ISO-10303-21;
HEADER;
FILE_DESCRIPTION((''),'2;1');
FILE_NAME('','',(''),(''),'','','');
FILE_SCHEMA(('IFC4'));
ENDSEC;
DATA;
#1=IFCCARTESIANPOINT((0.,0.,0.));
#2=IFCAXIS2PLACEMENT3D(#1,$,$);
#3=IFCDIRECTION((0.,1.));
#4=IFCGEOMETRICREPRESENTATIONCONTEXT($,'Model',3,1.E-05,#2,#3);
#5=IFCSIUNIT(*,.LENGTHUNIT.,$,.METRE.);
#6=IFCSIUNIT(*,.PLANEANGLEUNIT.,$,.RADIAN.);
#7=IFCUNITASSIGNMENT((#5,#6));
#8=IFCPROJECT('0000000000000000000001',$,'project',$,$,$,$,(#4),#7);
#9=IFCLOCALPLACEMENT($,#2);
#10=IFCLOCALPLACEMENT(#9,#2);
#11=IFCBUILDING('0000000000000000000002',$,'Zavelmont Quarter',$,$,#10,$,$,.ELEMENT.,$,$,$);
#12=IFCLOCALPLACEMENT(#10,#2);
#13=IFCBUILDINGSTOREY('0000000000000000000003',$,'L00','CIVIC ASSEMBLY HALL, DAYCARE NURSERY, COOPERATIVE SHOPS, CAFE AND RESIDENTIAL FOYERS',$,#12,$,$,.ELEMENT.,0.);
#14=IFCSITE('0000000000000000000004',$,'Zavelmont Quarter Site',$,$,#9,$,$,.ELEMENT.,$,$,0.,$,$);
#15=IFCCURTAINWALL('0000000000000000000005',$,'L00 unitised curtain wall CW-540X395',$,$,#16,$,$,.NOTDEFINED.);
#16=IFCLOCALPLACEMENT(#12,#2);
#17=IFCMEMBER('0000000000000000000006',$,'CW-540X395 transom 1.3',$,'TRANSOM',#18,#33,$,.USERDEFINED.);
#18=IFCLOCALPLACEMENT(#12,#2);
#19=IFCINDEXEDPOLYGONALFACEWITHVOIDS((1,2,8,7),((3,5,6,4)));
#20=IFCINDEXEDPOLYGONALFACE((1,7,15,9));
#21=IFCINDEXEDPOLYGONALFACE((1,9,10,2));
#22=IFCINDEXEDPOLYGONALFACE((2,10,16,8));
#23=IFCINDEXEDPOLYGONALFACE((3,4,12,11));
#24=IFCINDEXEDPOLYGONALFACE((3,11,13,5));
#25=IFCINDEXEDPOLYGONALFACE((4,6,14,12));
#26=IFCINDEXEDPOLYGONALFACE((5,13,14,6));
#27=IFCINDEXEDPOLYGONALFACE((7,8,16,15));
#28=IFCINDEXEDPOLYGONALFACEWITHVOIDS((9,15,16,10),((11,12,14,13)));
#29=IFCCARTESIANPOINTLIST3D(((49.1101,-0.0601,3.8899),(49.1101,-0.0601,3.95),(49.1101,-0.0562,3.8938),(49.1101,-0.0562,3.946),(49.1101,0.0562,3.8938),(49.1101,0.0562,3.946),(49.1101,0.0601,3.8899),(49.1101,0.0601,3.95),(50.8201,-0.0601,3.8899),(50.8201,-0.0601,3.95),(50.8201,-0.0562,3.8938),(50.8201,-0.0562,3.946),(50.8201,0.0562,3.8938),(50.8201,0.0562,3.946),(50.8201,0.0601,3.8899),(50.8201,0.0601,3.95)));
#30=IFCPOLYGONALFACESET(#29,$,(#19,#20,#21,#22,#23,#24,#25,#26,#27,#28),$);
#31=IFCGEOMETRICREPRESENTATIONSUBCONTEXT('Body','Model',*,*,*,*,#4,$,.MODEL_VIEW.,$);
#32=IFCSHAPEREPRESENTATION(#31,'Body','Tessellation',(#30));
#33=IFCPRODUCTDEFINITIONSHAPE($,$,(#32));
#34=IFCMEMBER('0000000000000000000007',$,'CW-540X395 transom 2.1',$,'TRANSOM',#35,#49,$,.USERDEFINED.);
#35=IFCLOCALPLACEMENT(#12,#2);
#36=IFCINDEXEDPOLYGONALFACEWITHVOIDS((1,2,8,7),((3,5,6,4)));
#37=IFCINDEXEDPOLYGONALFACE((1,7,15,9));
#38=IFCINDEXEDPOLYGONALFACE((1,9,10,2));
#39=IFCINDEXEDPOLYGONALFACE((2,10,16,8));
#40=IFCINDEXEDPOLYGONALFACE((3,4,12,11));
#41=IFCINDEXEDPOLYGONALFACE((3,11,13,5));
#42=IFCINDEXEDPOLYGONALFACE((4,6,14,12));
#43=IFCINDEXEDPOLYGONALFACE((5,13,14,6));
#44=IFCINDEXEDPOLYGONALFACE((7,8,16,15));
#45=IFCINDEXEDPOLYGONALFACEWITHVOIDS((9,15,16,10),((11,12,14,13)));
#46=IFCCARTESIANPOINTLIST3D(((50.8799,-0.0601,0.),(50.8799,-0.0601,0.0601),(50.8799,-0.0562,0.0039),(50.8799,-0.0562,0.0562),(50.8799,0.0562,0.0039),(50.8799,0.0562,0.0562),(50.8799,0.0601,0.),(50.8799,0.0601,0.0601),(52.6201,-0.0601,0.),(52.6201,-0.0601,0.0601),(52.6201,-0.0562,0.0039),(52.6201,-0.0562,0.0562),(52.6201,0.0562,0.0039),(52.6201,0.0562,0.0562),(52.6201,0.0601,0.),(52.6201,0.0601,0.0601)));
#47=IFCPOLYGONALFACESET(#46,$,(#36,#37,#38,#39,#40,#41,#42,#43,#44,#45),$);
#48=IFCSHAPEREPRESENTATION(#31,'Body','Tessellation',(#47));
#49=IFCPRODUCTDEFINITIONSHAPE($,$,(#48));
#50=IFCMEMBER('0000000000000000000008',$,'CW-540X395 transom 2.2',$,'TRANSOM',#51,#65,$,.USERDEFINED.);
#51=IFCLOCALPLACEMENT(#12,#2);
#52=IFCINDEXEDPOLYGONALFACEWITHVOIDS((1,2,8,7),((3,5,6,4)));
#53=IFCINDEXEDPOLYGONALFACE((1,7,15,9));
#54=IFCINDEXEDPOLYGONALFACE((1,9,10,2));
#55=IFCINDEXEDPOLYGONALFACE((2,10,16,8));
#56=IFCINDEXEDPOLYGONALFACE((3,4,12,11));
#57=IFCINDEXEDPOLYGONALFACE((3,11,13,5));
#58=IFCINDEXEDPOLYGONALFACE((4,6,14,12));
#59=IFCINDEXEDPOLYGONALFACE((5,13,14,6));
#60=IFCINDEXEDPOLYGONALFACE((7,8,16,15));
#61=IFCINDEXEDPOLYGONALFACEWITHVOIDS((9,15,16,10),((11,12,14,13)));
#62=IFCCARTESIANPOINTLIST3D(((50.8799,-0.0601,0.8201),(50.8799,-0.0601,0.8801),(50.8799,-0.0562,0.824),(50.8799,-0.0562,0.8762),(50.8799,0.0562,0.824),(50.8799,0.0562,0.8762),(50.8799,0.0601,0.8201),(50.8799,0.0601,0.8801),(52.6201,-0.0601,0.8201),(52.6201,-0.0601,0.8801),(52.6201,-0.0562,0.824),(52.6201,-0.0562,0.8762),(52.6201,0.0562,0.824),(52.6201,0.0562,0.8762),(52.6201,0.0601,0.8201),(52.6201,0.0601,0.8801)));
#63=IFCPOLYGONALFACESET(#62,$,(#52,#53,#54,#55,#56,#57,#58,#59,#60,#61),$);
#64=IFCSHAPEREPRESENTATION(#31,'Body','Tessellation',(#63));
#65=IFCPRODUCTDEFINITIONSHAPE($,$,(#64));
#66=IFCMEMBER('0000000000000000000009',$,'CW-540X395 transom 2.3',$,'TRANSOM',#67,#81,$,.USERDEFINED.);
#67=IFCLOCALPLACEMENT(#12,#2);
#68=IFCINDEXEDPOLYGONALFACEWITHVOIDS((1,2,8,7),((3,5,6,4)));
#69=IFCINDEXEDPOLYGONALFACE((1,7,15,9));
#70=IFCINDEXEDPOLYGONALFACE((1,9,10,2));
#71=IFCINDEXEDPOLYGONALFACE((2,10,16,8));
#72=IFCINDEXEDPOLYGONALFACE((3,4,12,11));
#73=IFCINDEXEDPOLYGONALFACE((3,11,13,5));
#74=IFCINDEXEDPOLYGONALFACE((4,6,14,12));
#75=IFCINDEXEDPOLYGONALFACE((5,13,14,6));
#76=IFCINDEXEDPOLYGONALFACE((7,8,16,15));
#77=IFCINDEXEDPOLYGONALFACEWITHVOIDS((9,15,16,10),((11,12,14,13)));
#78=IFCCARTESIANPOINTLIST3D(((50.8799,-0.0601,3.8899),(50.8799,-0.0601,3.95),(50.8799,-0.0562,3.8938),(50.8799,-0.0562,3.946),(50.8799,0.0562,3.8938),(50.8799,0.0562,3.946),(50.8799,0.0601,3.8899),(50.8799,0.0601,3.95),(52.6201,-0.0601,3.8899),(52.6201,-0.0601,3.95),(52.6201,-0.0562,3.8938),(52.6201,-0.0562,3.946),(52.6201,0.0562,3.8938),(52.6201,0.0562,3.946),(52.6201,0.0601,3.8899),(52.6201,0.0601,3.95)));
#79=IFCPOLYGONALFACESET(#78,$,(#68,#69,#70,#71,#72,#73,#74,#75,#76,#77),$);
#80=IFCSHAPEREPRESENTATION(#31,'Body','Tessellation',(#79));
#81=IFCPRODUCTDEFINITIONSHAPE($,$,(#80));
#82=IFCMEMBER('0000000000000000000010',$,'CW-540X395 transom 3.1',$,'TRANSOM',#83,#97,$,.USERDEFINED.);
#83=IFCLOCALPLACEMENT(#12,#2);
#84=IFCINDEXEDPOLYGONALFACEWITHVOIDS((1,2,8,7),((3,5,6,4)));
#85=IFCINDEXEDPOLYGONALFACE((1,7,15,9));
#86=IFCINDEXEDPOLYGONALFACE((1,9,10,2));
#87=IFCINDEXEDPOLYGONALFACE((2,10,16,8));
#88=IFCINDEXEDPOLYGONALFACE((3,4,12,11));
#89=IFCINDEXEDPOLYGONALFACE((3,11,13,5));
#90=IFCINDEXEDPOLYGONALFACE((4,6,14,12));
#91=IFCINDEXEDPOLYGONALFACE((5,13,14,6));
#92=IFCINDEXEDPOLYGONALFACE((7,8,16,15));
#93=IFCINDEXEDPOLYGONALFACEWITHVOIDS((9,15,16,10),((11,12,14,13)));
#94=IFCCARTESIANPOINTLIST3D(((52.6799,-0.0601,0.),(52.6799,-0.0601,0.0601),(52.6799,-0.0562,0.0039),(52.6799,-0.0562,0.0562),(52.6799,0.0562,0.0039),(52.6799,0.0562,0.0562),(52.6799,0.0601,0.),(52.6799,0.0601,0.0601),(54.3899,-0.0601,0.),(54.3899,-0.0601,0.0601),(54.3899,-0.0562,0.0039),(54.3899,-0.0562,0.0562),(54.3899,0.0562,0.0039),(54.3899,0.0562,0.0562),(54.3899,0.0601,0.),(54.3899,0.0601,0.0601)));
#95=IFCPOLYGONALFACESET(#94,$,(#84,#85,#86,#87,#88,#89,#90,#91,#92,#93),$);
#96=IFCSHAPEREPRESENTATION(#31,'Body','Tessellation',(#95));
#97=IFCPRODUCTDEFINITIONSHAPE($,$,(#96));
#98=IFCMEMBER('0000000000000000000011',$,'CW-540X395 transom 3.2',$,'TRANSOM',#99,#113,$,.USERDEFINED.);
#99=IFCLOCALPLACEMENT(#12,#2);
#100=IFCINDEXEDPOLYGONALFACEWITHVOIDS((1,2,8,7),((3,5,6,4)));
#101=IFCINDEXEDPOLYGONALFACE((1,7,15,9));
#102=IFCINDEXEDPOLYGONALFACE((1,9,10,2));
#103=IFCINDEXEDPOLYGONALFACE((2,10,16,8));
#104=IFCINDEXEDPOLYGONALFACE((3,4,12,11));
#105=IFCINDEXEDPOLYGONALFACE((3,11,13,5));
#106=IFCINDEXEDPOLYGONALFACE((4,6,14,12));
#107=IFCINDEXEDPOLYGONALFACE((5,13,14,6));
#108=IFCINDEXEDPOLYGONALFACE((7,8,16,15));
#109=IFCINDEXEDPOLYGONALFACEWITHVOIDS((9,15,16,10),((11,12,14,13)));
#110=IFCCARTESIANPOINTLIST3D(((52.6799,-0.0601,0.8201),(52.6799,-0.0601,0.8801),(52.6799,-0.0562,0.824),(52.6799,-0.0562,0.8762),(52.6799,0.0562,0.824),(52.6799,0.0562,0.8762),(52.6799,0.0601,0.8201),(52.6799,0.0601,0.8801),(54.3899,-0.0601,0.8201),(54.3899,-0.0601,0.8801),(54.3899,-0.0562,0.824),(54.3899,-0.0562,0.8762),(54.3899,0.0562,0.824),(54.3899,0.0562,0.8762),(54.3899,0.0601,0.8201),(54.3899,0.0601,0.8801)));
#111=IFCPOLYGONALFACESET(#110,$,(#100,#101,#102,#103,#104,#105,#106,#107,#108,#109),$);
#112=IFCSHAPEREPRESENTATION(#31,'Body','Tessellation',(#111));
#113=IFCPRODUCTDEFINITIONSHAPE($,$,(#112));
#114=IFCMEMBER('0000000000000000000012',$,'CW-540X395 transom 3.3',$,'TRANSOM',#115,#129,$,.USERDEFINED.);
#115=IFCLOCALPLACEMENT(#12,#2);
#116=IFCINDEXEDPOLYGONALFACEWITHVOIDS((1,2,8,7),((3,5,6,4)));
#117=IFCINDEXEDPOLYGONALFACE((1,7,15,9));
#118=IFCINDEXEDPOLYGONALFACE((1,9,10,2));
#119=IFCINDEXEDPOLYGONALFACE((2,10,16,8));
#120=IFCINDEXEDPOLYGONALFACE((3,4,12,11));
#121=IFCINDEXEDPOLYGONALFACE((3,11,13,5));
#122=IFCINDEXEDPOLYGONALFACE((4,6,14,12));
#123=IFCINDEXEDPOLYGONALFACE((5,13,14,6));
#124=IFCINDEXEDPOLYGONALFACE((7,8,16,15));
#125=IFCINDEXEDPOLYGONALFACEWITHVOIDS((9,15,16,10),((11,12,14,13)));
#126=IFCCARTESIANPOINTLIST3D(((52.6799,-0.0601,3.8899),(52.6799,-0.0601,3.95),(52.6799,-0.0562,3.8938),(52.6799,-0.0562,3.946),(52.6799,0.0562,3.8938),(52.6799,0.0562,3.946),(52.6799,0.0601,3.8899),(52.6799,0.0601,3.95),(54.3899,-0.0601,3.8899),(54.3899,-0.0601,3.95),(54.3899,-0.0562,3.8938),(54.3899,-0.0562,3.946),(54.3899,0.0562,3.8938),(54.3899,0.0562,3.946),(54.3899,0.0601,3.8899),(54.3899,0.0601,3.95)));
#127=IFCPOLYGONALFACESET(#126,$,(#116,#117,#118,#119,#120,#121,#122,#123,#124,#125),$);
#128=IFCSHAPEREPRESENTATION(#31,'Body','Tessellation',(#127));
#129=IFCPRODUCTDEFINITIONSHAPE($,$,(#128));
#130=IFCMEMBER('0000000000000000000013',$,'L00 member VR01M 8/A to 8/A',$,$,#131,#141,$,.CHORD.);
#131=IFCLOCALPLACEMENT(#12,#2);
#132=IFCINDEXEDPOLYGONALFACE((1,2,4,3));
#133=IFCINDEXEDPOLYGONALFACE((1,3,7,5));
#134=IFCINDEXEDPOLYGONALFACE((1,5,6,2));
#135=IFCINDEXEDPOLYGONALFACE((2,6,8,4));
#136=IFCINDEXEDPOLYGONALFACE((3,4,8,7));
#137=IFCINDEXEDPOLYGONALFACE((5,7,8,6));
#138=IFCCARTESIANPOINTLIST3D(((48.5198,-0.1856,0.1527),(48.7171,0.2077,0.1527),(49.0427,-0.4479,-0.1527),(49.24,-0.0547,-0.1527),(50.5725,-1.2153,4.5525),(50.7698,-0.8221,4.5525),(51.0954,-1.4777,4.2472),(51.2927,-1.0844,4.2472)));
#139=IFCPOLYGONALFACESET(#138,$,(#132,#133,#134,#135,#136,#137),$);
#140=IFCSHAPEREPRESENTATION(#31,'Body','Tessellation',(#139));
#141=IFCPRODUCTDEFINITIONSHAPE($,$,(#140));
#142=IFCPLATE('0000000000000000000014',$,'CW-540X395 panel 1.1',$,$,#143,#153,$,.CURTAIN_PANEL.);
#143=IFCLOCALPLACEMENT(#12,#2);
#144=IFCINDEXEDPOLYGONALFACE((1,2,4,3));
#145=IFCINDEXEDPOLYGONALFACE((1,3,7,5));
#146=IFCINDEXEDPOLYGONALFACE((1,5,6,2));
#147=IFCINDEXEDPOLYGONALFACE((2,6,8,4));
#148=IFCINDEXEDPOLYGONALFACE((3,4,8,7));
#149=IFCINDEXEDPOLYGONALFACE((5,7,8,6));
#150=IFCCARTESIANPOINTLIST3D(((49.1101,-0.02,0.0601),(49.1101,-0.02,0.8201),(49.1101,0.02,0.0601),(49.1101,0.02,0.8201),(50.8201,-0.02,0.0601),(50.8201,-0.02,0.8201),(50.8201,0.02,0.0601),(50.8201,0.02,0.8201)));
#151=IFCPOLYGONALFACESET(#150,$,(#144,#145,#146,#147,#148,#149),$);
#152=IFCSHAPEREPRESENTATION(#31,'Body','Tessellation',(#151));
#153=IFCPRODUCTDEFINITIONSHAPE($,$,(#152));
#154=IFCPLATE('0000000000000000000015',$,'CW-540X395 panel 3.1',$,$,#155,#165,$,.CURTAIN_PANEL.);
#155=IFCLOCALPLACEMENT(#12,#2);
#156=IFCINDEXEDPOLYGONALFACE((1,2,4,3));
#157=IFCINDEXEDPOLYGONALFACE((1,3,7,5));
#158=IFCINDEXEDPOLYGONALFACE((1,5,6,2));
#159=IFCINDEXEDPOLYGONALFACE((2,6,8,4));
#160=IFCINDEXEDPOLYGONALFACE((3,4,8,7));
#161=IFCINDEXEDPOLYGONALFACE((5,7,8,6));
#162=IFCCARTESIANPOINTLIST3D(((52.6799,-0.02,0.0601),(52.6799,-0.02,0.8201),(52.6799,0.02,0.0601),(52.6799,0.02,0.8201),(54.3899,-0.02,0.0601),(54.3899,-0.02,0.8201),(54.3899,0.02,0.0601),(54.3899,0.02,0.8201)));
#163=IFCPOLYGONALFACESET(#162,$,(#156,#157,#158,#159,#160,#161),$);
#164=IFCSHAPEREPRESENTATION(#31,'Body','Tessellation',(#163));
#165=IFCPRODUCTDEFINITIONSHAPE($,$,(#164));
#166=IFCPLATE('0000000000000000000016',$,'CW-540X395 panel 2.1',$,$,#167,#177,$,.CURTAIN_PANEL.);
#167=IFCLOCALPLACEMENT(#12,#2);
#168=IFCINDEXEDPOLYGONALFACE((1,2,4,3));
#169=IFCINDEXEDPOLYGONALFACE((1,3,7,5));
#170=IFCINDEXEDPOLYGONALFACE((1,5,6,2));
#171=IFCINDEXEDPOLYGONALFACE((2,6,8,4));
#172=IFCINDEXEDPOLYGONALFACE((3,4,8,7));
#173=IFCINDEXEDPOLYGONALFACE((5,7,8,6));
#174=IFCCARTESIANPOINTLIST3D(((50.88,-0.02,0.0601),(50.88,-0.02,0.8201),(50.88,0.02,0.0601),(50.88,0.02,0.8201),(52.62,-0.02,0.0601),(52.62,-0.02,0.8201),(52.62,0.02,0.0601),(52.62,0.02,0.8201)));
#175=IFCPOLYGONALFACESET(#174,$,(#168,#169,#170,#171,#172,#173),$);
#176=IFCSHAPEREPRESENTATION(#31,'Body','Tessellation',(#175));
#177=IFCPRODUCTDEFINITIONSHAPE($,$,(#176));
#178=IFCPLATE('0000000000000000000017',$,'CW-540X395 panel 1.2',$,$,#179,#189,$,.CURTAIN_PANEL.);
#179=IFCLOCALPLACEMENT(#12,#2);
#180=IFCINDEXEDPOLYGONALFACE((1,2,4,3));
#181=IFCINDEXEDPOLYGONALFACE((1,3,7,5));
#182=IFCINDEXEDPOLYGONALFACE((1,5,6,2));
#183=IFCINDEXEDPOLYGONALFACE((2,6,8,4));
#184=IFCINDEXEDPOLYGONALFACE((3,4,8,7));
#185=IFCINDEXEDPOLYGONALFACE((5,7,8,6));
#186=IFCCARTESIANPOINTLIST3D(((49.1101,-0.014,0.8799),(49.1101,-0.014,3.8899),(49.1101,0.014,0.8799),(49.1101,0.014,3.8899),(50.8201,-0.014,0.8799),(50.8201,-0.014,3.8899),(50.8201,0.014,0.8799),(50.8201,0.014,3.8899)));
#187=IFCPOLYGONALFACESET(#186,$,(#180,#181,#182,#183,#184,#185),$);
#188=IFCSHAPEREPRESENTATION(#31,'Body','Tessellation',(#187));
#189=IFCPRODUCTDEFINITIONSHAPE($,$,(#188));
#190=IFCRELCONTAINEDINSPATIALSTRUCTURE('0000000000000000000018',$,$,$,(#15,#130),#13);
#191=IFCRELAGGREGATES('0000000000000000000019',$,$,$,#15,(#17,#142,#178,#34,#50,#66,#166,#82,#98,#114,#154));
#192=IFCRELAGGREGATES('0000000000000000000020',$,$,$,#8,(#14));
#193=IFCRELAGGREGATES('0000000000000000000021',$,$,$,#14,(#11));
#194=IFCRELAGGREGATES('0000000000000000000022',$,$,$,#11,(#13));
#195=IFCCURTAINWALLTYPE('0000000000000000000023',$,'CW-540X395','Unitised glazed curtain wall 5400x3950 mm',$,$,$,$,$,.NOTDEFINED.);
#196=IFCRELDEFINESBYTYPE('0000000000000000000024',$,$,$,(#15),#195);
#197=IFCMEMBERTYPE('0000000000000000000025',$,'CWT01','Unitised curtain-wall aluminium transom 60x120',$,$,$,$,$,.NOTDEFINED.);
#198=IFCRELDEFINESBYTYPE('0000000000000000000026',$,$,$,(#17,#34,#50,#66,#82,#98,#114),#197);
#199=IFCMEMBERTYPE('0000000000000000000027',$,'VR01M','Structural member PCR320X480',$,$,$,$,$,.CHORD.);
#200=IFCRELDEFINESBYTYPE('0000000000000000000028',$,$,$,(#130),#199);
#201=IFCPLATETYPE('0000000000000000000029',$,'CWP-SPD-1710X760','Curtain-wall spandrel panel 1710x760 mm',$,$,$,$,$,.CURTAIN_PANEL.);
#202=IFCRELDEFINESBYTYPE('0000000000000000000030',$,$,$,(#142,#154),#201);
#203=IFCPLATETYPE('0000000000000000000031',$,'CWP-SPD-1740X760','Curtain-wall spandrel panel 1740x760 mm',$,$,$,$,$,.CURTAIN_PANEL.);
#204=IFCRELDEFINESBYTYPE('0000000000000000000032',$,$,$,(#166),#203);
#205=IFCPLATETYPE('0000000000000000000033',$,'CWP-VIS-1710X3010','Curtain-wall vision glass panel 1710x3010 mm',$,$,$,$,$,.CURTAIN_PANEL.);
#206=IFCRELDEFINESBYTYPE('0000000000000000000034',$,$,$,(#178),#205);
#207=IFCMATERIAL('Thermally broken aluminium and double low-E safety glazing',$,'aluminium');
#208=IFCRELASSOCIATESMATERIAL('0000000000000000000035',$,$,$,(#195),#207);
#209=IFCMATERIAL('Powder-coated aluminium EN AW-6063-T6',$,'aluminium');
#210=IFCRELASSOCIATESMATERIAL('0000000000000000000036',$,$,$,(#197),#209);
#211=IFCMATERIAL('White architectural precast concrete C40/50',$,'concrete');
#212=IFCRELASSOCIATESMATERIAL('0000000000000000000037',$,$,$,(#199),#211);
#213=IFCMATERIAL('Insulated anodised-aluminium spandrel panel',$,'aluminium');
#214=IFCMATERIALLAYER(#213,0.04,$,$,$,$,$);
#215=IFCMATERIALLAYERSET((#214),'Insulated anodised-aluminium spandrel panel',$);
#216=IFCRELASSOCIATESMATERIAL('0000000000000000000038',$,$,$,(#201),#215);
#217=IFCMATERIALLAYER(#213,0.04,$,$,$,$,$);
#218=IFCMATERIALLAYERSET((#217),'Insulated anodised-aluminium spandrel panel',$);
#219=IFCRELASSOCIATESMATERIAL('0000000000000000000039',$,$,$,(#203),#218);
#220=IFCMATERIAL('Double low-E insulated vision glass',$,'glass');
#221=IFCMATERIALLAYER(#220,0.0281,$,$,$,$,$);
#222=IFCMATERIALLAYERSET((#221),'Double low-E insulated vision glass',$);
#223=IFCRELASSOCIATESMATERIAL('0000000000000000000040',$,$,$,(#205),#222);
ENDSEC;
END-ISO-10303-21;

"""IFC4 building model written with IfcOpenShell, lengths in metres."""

from ifc_helpers import new_model, si_unit, direction, frame, origin, origin_2d, place, context, subcontext, project, spatial, rectangle, hollow_rectangle, extrude, material, layer, layer_set, material_profile, profile_set, type_object, element, aggregate, save


model = new_model("IFC4")

# Units and contexts
model_context = context("Model", 3, precision=1e-05, world=origin(), true_north=direction((0.0, 1.0)))
body_context = subcontext(model_context, "Body", "Model", "MODEL_VIEW")
ifc_project = project(units=[si_unit("LENGTHUNIT", "METRE"), si_unit("PLANEANGLEUNIT", "RADIAN")], contexts=[model_context])

# Site, building, storey
site_placement = place(None, origin())
site = spatial("IfcSite", under=ifc_project, at=site_placement, Name="Zavelmont Quarter Site", CompositionType="ELEMENT", RefElevation=0.0)
building_placement = place(site_placement, origin())
building = spatial("IfcBuilding", under=site, at=building_placement, Name="Zavelmont Quarter", CompositionType="ELEMENT")
storey_placement = place(building_placement, origin())
storey = spatial("IfcBuildingStorey", under=building, at=storey_placement, Name="L00", Description="CIVIC ASSEMBLY HALL, DAYCARE NURSERY, COOPERATIVE SHOPS, CAFE AND RESIDENTIAL FOYERS", CompositionType="ELEMENT", Elevation=0.0)

# Curtain wall, members
ifc_material_1 = material(Name="Thermally broken aluminium and double low-E safety glazing", Category="aluminium")
curtain_wall_type = type_object("IfcCurtainWallType", Name="CW-540X395", Description="Unitised glazed curtain wall 5400x3950 mm", PredefinedType="NOTDEFINED", material=ifc_material_1)
curtain_wall_placement = place(storey_placement, origin())
curtain_wall = element("IfcCurtainWall", 1, at=curtain_wall_placement, inside=storey, type_object=curtain_wall_type, Name="L00 unitised curtain wall CW-540X395", PredefinedType="NOTDEFINED")
ifc_material_2 = material(Name="Powder-coated aluminium EN AW-6063-T6", Category="aluminium")
ifc_material_profile_1 = material_profile(ifc_material_2, hollow_rectangle(XDim=0.1201, YDim=0.0601, WallThickness=0.0039, at=origin_2d()), Name="CWT60X120")
ifc_profile_set_1 = profile_set([ifc_material_profile_1], Name="Powder-coated aluminium EN AW-6063-T6")
member_type_1 = type_object("IfcMemberType", Name="CWT01", Description="Unitised curtain-wall aluminium transom 60x120", PredefinedType="NOTDEFINED", material=ifc_profile_set_1)
member_1_placement = place(storey_placement, frame((49.1101, 0.0, 3.9199), z_axis=(1.0, 0.0, 0.0), x_axis=(0.0, 1.0, 0.0)))
member_1 = element("IfcMember", 2, at=member_1_placement, type_object=member_type_1, Name="CW-540X395 transom 1.3", ObjectType="TRANSOM", PredefinedType="USERDEFINED", context=body_context, shape_type="SweptSolid", body=[
    extrude(hollow_rectangle(XDim=0.1201, YDim=0.0601, WallThickness=0.0039, at=origin_2d()), origin(), (0.0, 0.0, 1.0), 1.71),
])
member_2_placement = place(storey_placement, frame((50.8799, 0.0, 0.03), z_axis=(1.0, 0.0, 0.0), x_axis=(0.0, 1.0, 0.0)))
member_2 = element("IfcMember", 3, at=member_2_placement, type_object=member_type_1, Name="CW-540X395 transom 2.1", ObjectType="TRANSOM", PredefinedType="USERDEFINED", context=body_context, shape_type="SweptSolid", body=[
    extrude(hollow_rectangle(XDim=0.1201, YDim=0.0601, WallThickness=0.0039, at=origin_2d()), origin(), (0.0, 0.0, 1.0), 1.7402),
])
member_3_placement = place(storey_placement, frame((50.8799, 0.0, 0.8501), z_axis=(1.0, 0.0, 0.0), x_axis=(0.0, 1.0, 0.0)))
member_3 = element("IfcMember", 4, at=member_3_placement, type_object=member_type_1, Name="CW-540X395 transom 2.2", ObjectType="TRANSOM", PredefinedType="USERDEFINED", context=body_context, shape_type="SweptSolid", body=[
    extrude(hollow_rectangle(XDim=0.1201, YDim=0.0601, WallThickness=0.0039, at=origin_2d()), origin(), (0.0, 0.0, 1.0), 1.7402),
])
member_4_placement = place(storey_placement, frame((50.8799, 0.0, 3.9199), z_axis=(1.0, 0.0, 0.0), x_axis=(0.0, 1.0, 0.0)))
member_4 = element("IfcMember", 5, at=member_4_placement, type_object=member_type_1, Name="CW-540X395 transom 2.3", ObjectType="TRANSOM", PredefinedType="USERDEFINED", context=body_context, shape_type="SweptSolid", body=[
    extrude(hollow_rectangle(XDim=0.1201, YDim=0.0601, WallThickness=0.0039, at=origin_2d()), origin(), (0.0, 0.0, 1.0), 1.7402),
])
member_5_placement = place(storey_placement, frame((52.6799, 0.0, 0.03), z_axis=(1.0, 0.0, 0.0), x_axis=(0.0, 1.0, 0.0)))
member_5 = element("IfcMember", 6, at=member_5_placement, type_object=member_type_1, Name="CW-540X395 transom 3.1", ObjectType="TRANSOM", PredefinedType="USERDEFINED", context=body_context, shape_type="SweptSolid", body=[
    extrude(hollow_rectangle(XDim=0.1201, YDim=0.0601, WallThickness=0.0039, at=origin_2d()), origin(), (0.0, 0.0, 1.0), 1.71),
])
member_6_placement = place(storey_placement, frame((52.6799, 0.0, 0.8501), z_axis=(1.0, 0.0, 0.0), x_axis=(0.0, 1.0, 0.0)))
member_6 = element("IfcMember", 7, at=member_6_placement, type_object=member_type_1, Name="CW-540X395 transom 3.2", ObjectType="TRANSOM", PredefinedType="USERDEFINED", context=body_context, shape_type="SweptSolid", body=[
    extrude(hollow_rectangle(XDim=0.1201, YDim=0.0601, WallThickness=0.0039, at=origin_2d()), origin(), (0.0, 0.0, 1.0), 1.71),
])
member_7_placement = place(storey_placement, frame((52.6799, 0.0, 3.9199), z_axis=(1.0, 0.0, 0.0), x_axis=(0.0, 1.0, 0.0)))
member_7 = element("IfcMember", 8, at=member_7_placement, type_object=member_type_1, Name="CW-540X395 transom 3.3", ObjectType="TRANSOM", PredefinedType="USERDEFINED", context=body_context, shape_type="SweptSolid", body=[
    extrude(hollow_rectangle(XDim=0.1201, YDim=0.0601, WallThickness=0.0039, at=origin_2d()), origin(), (0.0, 0.0, 1.0), 1.71),
])

# Member
ifc_material_3 = material(Name="White architectural precast concrete C40/50", Category="concrete")
ifc_material_profile_2 = material_profile(ifc_material_3, rectangle(XDim=0.4399, YDim=0.6599, at=origin_2d()), Name="PCR320X480")
ifc_profile_set_2 = profile_set([ifc_material_profile_2], Name="White architectural precast concrete C40/50")
member_type_2 = type_object("IfcMemberType", Name="VR01M", Description="Structural member PCR320X480", PredefinedType="CHORD", material=ifc_profile_set_2)
member_8_placement = place(storey_placement, frame((48.8799, -0.1201, 0.0), z_axis=(0.413591, -0.207484, 0.886506), x_axis=(0.448404, 0.893831, 0.0)))
element("IfcMember", 9, at=member_8_placement, inside=storey, type_object=member_type_2, Name="L00 member VR01M 8/A to 8/A", PredefinedType="CHORD", context=body_context, shape_type="SweptSolid", body=[
    extrude(rectangle(XDim=0.4399, YDim=0.6599, at=origin_2d()), origin(), (0.0, 0.0, 1.0), 4.9631),
])

# Plates
ifc_material_4 = material(Name="Insulated anodised-aluminium spandrel panel", Category="aluminium")
ifc_layer_1 = layer(ifc_material_4, 0.04)
ifc_layer_set_1 = layer_set([ifc_layer_1], Name="Insulated anodised-aluminium spandrel panel")
plate_type_1 = type_object("IfcPlateType", Name="CWP-SPD-1710X760", Description="Curtain-wall spandrel panel 1710x760 mm", PredefinedType="CURTAIN_PANEL", material=ifc_layer_set_1)
plate_1_placement = place(storey_placement, frame((49.9651, 0.0, 0.0601), z_axis=(0.0, 0.0, 1.0), x_axis=(1.0, 0.0, 0.0)))
plate_1 = element("IfcPlate", 10, at=plate_1_placement, type_object=plate_type_1, Name="CW-540X395 panel 1.1", PredefinedType="CURTAIN_PANEL", context=body_context, shape_type="SweptSolid", body=[
    extrude(rectangle(XDim=1.71, YDim=0.04, at=origin_2d()), origin(), (0.0, 0.0, 1.0), 0.76),
])
plate_2_placement = place(storey_placement, frame((53.5349, 0.0, 0.0601), z_axis=(0.0, 0.0, 1.0), x_axis=(1.0, 0.0, 0.0)))
plate_2 = element("IfcPlate", 11, at=plate_2_placement, type_object=plate_type_1, Name="CW-540X395 panel 3.1", PredefinedType="CURTAIN_PANEL", context=body_context, shape_type="SweptSolid", body=[
    extrude(rectangle(XDim=1.71, YDim=0.04, at=origin_2d()), origin(), (0.0, 0.0, 1.0), 0.76),
])
ifc_layer_2 = layer(ifc_material_4, 0.04)
ifc_layer_set_2 = layer_set([ifc_layer_2], Name="Insulated anodised-aluminium spandrel panel")
plate_type_2 = type_object("IfcPlateType", Name="CWP-SPD-1740X760", Description="Curtain-wall spandrel panel 1740x760 mm", PredefinedType="CURTAIN_PANEL", material=ifc_layer_set_2)
plate_3_placement = place(storey_placement, frame((51.75, 0.0, 0.0601), z_axis=(0.0, 0.0, 1.0), x_axis=(1.0, 0.0, 0.0)))
plate_3 = element("IfcPlate", 12, at=plate_3_placement, type_object=plate_type_2, Name="CW-540X395 panel 2.1", PredefinedType="CURTAIN_PANEL", context=body_context, shape_type="SweptSolid", body=[
    extrude(rectangle(XDim=1.74, YDim=0.04, at=origin_2d()), origin(), (0.0, 0.0, 1.0), 0.76),
])
ifc_material_5 = material(Name="Double low-E insulated vision glass", Category="glass")
ifc_layer_3 = layer(ifc_material_5, 0.0281)
ifc_layer_set_3 = layer_set([ifc_layer_3], Name="Double low-E insulated vision glass")
plate_type_3 = type_object("IfcPlateType", Name="CWP-VIS-1710X3010", Description="Curtain-wall vision glass panel 1710x3010 mm", PredefinedType="CURTAIN_PANEL", material=ifc_layer_set_3)
plate_4_placement = place(storey_placement, frame((49.9651, 0.0, 0.8799), z_axis=(0.0, 0.0, 1.0), x_axis=(1.0, 0.0, 0.0)))
plate_4 = element("IfcPlate", 13, at=plate_4_placement, type_object=plate_type_3, Name="CW-540X395 panel 1.2", PredefinedType="CURTAIN_PANEL", context=body_context, shape_type="SweptSolid", body=[
    extrude(rectangle(XDim=1.71, YDim=0.0281, at=origin_2d()), origin(), (0.0, 0.0, 1.0), 3.01),
])
aggregate(curtain_wall, [member_1, plate_1, plate_4, member_2, member_3, member_4, plate_3, member_5, member_6, member_7, plate_2])

save(model, "model.ifc")
